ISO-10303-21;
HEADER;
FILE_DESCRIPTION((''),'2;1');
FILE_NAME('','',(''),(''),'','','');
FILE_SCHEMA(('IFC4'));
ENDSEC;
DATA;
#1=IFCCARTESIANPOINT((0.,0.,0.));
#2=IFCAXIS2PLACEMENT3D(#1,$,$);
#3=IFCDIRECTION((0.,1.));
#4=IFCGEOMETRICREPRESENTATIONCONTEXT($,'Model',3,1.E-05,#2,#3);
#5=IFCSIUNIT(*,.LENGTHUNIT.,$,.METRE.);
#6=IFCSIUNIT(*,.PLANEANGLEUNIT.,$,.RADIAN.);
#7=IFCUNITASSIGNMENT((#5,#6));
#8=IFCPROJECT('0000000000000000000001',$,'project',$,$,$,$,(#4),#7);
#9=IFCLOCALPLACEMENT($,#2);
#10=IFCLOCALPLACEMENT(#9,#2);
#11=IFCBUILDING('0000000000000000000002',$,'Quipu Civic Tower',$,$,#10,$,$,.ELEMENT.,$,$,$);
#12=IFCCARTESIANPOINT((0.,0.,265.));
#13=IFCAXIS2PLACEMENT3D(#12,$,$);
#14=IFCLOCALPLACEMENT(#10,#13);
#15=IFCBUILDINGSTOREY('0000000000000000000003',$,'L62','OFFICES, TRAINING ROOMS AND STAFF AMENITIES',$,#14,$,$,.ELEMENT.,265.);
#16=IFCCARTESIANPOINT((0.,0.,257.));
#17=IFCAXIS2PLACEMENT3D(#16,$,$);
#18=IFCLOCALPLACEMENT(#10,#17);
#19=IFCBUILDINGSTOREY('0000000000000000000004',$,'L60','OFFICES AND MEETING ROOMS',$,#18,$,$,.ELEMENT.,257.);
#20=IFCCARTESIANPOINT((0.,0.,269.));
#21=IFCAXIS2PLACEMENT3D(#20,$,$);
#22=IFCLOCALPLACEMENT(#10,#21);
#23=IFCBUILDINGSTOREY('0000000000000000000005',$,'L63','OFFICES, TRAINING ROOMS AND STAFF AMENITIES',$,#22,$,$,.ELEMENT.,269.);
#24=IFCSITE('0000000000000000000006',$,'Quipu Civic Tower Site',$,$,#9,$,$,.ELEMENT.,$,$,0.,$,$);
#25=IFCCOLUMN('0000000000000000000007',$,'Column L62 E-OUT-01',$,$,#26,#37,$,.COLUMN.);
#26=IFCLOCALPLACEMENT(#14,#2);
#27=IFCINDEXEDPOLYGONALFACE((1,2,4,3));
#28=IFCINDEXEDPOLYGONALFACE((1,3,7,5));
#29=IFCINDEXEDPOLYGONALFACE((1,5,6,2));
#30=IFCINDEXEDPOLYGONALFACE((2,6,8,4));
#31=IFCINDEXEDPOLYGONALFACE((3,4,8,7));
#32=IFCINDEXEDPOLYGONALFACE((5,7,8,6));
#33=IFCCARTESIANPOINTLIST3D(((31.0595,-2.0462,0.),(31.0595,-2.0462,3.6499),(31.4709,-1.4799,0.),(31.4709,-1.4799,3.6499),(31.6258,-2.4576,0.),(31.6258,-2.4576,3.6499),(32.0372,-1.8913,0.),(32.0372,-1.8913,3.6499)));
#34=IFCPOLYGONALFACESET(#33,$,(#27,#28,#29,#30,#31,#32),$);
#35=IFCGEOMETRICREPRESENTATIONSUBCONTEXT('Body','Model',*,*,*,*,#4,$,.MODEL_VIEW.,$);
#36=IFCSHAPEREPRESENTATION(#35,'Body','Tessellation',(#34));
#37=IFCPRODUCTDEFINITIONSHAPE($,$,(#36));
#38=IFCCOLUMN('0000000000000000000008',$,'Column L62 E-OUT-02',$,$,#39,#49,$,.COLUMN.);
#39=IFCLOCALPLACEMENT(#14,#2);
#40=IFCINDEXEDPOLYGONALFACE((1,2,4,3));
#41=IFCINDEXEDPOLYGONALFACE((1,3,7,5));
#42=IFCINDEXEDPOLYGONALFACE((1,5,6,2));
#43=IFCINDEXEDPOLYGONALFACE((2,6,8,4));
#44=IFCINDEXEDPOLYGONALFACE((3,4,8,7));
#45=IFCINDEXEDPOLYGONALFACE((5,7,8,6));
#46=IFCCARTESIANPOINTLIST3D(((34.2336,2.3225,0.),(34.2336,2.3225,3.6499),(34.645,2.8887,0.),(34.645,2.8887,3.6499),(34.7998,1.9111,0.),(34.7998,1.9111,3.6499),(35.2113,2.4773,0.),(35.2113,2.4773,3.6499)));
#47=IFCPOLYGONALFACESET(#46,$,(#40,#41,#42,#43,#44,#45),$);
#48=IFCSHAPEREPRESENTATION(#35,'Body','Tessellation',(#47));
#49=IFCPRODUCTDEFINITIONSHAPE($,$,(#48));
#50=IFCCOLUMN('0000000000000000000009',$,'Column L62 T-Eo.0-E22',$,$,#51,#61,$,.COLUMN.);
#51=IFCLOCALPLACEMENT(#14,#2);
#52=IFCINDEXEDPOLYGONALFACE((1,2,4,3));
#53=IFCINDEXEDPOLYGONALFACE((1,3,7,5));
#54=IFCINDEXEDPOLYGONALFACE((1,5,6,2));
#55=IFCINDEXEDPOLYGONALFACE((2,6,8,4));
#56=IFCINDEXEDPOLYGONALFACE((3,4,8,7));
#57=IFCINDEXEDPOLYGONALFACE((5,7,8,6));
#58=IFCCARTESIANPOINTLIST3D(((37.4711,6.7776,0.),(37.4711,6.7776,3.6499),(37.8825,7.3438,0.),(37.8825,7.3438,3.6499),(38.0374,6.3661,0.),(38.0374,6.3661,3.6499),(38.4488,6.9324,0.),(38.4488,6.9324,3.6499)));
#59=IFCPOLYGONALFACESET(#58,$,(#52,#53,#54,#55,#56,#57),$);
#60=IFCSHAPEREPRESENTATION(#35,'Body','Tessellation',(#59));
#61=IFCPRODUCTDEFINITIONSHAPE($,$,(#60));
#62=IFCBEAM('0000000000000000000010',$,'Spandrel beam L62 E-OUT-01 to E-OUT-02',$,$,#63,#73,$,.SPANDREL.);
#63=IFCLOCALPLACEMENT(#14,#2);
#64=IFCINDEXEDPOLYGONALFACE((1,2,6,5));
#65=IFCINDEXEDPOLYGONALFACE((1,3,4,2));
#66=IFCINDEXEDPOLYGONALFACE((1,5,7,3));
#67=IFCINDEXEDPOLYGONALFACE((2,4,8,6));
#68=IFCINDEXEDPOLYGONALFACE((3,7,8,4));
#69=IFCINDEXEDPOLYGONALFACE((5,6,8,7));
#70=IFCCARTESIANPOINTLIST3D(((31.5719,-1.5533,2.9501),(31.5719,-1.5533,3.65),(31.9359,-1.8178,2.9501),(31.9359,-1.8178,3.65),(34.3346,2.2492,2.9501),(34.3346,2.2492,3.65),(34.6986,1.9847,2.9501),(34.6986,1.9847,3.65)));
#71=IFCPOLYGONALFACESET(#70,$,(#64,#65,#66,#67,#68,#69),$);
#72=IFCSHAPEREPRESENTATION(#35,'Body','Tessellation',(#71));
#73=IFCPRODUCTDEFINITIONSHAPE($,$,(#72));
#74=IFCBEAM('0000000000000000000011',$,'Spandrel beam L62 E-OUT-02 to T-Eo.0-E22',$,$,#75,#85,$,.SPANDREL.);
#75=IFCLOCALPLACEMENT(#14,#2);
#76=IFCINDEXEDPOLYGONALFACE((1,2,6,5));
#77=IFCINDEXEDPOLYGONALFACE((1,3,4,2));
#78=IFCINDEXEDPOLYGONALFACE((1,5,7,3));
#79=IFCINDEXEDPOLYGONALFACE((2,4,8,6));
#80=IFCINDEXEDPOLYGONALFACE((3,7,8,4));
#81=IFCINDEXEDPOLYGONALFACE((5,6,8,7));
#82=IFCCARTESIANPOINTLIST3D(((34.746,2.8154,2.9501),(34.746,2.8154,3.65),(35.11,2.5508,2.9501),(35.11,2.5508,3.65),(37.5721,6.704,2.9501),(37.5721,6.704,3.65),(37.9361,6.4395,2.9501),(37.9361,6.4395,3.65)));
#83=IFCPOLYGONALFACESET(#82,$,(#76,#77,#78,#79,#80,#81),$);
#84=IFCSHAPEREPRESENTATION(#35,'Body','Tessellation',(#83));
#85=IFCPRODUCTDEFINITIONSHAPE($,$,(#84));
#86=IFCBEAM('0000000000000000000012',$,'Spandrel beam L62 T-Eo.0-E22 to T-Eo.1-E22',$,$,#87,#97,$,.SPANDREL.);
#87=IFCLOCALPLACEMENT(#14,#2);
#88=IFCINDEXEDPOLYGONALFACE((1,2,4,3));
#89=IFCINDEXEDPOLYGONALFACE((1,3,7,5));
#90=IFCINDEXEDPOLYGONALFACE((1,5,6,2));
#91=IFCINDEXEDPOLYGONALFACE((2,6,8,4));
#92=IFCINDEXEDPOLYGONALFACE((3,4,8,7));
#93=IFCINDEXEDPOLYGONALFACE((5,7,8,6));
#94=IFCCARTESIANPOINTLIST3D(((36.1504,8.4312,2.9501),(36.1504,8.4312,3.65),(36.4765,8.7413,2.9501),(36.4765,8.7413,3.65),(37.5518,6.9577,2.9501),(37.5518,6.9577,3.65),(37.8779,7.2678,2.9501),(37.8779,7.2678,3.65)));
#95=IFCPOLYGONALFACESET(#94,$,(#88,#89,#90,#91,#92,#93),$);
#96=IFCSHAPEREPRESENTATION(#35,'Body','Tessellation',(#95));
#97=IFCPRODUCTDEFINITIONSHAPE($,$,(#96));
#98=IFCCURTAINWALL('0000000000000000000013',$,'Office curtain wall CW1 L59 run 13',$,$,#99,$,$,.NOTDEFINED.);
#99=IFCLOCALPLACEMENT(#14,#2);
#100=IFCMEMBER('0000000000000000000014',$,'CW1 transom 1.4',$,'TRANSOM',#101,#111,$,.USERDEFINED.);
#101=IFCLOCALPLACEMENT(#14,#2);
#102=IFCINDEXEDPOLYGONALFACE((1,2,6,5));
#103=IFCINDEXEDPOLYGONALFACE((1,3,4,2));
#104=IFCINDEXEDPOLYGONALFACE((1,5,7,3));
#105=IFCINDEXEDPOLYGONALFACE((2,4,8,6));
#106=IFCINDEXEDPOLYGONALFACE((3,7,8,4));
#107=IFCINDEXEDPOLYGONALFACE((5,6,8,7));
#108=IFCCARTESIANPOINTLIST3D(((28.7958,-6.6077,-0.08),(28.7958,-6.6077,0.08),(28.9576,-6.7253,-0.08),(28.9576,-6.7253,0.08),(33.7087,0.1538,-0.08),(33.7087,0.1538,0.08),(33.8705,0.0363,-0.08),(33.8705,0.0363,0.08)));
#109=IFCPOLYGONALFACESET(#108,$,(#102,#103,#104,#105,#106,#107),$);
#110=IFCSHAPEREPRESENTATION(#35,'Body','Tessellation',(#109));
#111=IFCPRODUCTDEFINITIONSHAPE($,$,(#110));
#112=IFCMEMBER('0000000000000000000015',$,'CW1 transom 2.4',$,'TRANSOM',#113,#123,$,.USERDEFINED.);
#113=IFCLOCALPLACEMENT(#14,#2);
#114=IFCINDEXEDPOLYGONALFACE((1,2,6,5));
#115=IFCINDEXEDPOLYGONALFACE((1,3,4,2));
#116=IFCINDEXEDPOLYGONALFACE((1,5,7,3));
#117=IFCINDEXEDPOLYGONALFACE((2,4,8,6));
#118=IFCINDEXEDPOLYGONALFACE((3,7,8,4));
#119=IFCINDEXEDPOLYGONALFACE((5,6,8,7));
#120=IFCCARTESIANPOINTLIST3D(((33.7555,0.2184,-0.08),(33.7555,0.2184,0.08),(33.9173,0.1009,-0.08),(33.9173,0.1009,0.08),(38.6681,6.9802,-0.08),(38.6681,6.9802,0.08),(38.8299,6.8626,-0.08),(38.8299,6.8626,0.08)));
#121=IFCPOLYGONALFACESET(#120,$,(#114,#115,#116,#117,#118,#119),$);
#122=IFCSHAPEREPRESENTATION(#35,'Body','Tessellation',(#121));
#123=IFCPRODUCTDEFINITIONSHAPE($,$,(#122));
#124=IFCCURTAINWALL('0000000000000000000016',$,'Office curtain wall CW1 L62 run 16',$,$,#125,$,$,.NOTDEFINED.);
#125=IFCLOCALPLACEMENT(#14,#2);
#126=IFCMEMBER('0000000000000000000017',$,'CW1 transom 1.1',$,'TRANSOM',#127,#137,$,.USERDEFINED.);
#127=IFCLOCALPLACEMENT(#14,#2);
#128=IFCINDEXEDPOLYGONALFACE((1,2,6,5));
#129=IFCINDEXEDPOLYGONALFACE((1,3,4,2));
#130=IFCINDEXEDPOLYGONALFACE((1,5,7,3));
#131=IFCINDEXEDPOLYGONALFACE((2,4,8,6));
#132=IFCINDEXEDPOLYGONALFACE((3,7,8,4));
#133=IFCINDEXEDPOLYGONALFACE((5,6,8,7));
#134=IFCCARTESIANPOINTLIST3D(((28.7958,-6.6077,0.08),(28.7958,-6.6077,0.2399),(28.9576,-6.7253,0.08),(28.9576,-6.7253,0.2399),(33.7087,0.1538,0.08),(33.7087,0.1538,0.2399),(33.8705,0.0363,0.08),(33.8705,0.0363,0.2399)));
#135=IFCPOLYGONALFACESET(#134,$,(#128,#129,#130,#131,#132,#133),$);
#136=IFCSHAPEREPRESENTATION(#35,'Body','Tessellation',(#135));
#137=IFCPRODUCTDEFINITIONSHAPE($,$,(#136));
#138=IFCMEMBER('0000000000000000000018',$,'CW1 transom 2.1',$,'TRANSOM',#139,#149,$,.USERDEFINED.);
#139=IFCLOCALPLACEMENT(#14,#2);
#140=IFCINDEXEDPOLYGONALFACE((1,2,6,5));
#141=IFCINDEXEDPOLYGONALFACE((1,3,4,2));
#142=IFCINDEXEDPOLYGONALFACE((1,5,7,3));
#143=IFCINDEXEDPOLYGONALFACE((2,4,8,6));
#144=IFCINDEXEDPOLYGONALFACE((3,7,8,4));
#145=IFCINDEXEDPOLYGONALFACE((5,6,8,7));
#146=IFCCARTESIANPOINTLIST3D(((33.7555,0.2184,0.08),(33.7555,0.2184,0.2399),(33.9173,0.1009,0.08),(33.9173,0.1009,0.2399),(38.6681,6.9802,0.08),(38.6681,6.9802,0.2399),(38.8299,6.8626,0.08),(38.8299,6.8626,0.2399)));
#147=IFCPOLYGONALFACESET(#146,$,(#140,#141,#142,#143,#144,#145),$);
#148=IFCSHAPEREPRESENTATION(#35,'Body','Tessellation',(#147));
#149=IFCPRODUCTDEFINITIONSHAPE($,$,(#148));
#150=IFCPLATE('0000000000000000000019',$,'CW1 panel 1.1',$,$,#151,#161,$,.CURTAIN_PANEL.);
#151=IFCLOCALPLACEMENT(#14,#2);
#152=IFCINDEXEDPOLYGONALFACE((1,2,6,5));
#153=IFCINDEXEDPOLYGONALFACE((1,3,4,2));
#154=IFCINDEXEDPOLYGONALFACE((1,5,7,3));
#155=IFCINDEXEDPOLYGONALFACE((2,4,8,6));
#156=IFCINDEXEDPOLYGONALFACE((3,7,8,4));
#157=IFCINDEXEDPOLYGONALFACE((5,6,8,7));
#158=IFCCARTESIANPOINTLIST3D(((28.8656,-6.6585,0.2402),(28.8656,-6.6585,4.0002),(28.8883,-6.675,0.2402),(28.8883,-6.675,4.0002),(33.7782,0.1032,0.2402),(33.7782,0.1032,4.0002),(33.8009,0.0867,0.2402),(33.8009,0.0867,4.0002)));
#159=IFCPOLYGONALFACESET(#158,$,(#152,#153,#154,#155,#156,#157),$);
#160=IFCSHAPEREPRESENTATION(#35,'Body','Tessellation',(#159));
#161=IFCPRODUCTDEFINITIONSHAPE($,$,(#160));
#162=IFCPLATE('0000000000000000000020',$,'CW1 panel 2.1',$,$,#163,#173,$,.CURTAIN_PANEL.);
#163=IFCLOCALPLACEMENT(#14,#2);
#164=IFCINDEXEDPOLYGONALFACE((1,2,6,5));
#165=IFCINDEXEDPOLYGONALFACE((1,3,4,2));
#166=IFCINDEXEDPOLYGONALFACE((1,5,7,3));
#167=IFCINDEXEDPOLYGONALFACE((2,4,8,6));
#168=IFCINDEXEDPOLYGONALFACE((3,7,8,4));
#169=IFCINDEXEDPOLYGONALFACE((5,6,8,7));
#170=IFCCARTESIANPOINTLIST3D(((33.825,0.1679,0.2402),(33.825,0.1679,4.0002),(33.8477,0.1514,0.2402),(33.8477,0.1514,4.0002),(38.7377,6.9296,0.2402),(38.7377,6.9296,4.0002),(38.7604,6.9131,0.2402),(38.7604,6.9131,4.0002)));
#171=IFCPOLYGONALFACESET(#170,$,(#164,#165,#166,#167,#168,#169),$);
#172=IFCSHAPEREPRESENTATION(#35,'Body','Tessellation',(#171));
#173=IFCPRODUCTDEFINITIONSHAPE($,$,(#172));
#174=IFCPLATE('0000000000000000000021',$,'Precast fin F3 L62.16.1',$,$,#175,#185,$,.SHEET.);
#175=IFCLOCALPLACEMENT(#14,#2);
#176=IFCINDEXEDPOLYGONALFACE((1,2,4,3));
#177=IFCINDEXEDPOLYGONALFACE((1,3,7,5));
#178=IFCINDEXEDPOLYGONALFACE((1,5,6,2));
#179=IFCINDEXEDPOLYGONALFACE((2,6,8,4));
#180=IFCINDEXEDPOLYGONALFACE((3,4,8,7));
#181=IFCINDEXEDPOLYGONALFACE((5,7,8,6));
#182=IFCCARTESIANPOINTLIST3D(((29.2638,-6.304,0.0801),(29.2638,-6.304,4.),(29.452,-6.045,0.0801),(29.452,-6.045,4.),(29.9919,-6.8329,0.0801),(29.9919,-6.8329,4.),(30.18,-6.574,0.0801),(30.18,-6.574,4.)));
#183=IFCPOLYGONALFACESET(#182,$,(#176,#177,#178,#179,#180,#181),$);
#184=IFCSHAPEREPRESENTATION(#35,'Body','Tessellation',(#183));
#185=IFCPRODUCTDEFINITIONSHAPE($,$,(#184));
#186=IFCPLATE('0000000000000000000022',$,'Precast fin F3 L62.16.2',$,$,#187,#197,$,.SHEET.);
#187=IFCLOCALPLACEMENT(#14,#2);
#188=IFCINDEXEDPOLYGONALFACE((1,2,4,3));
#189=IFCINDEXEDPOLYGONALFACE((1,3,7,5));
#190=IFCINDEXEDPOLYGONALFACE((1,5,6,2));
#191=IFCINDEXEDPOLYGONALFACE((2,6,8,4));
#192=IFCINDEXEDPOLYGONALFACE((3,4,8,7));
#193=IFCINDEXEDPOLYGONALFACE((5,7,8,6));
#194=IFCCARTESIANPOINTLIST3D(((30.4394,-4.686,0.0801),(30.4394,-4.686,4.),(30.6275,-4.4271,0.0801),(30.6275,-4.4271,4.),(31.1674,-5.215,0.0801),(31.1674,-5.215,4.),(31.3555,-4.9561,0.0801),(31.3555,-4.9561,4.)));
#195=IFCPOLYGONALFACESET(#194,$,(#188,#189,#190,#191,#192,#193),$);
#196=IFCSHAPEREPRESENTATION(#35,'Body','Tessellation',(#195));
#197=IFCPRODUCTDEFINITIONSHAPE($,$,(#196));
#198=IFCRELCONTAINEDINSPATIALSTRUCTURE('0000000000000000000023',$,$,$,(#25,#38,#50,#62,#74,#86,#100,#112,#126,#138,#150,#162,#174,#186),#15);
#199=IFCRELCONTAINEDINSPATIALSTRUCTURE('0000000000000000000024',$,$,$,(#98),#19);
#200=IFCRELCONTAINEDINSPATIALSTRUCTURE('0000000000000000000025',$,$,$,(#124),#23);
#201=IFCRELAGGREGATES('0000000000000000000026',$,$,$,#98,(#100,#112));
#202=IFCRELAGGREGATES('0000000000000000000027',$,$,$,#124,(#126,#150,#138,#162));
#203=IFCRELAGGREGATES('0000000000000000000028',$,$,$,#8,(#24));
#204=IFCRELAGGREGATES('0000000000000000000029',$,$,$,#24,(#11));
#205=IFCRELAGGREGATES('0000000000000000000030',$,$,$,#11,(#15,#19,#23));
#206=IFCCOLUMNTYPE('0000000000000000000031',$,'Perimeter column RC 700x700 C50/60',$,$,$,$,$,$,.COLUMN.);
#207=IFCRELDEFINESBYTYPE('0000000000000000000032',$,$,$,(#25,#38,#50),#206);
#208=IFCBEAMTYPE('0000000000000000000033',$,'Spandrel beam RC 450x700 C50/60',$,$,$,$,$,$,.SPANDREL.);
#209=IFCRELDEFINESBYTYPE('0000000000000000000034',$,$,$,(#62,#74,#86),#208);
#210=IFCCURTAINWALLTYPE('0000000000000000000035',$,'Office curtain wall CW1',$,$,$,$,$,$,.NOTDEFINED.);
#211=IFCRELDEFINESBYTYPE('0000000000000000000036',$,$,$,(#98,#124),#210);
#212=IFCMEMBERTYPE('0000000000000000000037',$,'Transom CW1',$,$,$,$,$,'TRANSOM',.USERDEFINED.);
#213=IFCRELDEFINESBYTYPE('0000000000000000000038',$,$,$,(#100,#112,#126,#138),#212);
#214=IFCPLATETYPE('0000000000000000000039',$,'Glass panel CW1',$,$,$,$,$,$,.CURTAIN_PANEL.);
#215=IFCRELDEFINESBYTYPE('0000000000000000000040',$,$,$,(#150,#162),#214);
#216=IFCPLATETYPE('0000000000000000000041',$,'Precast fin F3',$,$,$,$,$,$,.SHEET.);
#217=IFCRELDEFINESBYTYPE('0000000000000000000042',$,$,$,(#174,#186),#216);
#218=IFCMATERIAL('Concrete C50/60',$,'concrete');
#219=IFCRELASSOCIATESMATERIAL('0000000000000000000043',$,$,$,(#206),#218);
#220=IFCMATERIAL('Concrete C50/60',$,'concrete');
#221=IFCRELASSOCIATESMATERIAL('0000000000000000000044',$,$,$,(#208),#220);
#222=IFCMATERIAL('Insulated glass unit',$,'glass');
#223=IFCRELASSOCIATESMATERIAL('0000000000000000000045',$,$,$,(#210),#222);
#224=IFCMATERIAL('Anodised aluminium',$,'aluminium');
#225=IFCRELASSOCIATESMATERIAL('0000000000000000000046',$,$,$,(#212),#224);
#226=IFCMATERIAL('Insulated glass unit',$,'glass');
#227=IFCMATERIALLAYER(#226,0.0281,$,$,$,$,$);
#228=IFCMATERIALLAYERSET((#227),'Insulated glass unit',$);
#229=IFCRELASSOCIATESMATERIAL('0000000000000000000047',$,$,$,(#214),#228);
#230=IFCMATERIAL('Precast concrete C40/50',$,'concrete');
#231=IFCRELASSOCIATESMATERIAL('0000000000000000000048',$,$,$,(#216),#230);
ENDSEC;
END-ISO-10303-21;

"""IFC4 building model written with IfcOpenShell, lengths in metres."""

from ifc_helpers import new_model, si_unit, direction, frame, origin, origin_2d, place, context, subcontext, project, spatial, rectangle, extrude, material, layer, layer_set, material_profile, profile_set, type_object, element, aggregate, save


model = new_model("IFC4")

# Units and contexts
model_context = context("Model", 3, precision=1e-05, world=origin(), true_north=direction((0.0, 1.0)))
body_context = subcontext(model_context, "Body", "Model", "MODEL_VIEW")
ifc_project = project(units=[si_unit("LENGTHUNIT", "METRE"), si_unit("PLANEANGLEUNIT", "RADIAN")], contexts=[model_context])

# Site, building, storey
site_placement = place(None, origin())
site = spatial("IfcSite", under=ifc_project, at=site_placement, Name="Quipu Civic Tower Site", CompositionType="ELEMENT", RefElevation=0.0)
building_placement = place(site_placement, origin())
building = spatial("IfcBuilding", under=site, at=building_placement, Name="Quipu Civic Tower", CompositionType="ELEMENT")
storey_1_placement = place(building_placement, frame((0.0, 0.0, 265.0)))
storey_1 = spatial("IfcBuildingStorey", under=building, at=storey_1_placement, Name="L62", Description="OFFICES, TRAINING ROOMS AND STAFF AMENITIES", CompositionType="ELEMENT", Elevation=265.0)

# Columns
ifc_material_1 = material(Name="Concrete C50/60", Category="concrete")
ifc_material_profile_1 = material_profile(ifc_material_1, rectangle(XDim=0.7, YDim=0.7, at=origin_2d()), Name="RC700x700")
ifc_profile_set_1 = profile_set([ifc_material_profile_1], Name="Concrete C50/60")
column_type = type_object("IfcColumnType", Name="Perimeter column RC 700x700 C50/60", PredefinedType="COLUMN", material=ifc_profile_set_1)
for number, where, z_axis, x_axis, name in (
    (1, (31.5483, -1.9688, 0.0), (0.0, 0.0, 1.0), (0.587785, 0.809017, 0.0), "Column L62 E-OUT-01"),
    (2, (34.7224, 2.3999, 0.0), (0.0, 0.0, 1.0), (0.587785, 0.809017, 0.0), "Column L62 E-OUT-02"),
    (3, (37.96, 6.855, 0.0), (0.0, 0.0, 1.0), (0.587785, 0.809017, 0.0), "Column L62 T-Eo.0-E22"),
):
    element("IfcColumn", number, at=place(storey_1_placement, frame(where, z_axis=z_axis, x_axis=x_axis)), inside=storey_1, type_object=column_type, Name=name, PredefinedType="COLUMN", context=body_context, shape_type="SweptSolid", body=[
        extrude(rectangle(XDim=0.7, YDim=0.7, at=origin_2d()), origin(), (0.0, 0.0, 1.0), 3.6499),
    ])

# Beams
ifc_material_2 = material(Name="Concrete C50/60", Category="concrete")
ifc_material_profile_2 = material_profile(ifc_material_2, rectangle(XDim=0.45, YDim=0.7, at=origin_2d()), Name="RC450x700")
ifc_profile_set_2 = profile_set([ifc_material_profile_2], Name="Concrete C50/60")
beam_type = type_object("IfcBeamType", Name="Spandrel beam RC 450x700 C50/60", PredefinedType="SPANDREL", material=ifc_profile_set_2)
beam_1_placement = place(storey_1_placement, frame((31.7539, -1.6855, 3.3), z_axis=(0.587789, 0.809015, 0.0), x_axis=(-0.809015, 0.587789, 0.0)))
element("IfcBeam", 4, at=beam_1_placement, inside=storey_1, type_object=beam_type, Name="Spandrel beam L62 E-OUT-01 to E-OUT-02", PredefinedType="SPANDREL", context=body_context, shape_type="SweptSolid", body=[
    extrude(rectangle(XDim=0.45, YDim=0.7, at=origin_2d()), origin(), (0.0, 0.0, 1.0), 4.7002),
])
beam_2_placement = place(storey_1_placement, frame((34.928, 2.6831, 3.3), z_axis=(0.587906, 0.808929, 0.0), x_axis=(-0.808929, 0.587906, 0.0)))
element("IfcBeam", 5, at=beam_2_placement, inside=storey_1, type_object=beam_type, Name="Spandrel beam L62 E-OUT-02 to T-Eo.0-E22", PredefinedType="SPANDREL", context=body_context, shape_type="SweptSolid", body=[
    extrude(rectangle(XDim=0.45, YDim=0.7, at=origin_2d()), origin(), (0.0, 0.0, 1.0), 4.8071),
])
beam_3_placement = place(storey_1_placement, frame((37.7148, 7.1128, 3.3), z_axis=(-0.689175, 0.724595, 0.0), x_axis=(-0.724595, -0.689175, 0.0)))
element("IfcBeam", 6, at=beam_3_placement, inside=storey_1, type_object=beam_type, Name="Spandrel beam L62 T-Eo.0-E22 to T-Eo.1-E22", PredefinedType="SPANDREL", context=body_context, shape_type="SweptSolid", body=[
    extrude(rectangle(XDim=0.45, YDim=0.7, at=origin_2d()), origin(), (0.0, 0.0, 1.0), 2.0334),
])

# Shared definitions
storey_2_placement = place(building_placement, frame((0.0, 0.0, 257.0)))
storey_2 = spatial("IfcBuildingStorey", under=building, at=storey_2_placement, Name="L60", Description="OFFICES AND MEETING ROOMS", CompositionType="ELEMENT", Elevation=257.0)

# Curtain wall, members
ifc_material_3 = material(Name="Insulated glass unit", Category="glass")
curtain_wall_type = type_object("IfcCurtainWallType", Name="Office curtain wall CW1", PredefinedType="NOTDEFINED", material=ifc_material_3)
curtain_wall_1_placement = place(storey_2_placement, origin())
curtain_wall_1 = element("IfcCurtainWall", 7, at=curtain_wall_1_placement, inside=storey_2, type_object=curtain_wall_type, Name="Office curtain wall CW1 L59 run 13", PredefinedType="NOTDEFINED")
ifc_material_4 = material(Name="Anodised aluminium", Category="aluminium")
ifc_material_profile_3 = material_profile(ifc_material_4, rectangle(XDim=0.2, YDim=0.1599, at=origin_2d()), Name="RECT 200x160")
ifc_profile_set_3 = profile_set([ifc_material_profile_3], Name="Anodised aluminium")
member_type = type_object("IfcMemberType", Name="Transom CW1", ElementType="TRANSOM", PredefinedType="USERDEFINED", material=ifc_profile_set_3)
member_1_placement = place(storey_1_placement, frame((28.8767, -6.6665, 0.0), z_axis=(0.587812, 0.808997, 0.0), x_axis=(-0.808997, 0.587812, 0.0)))
member_1 = element("IfcMember", 8, at=member_1_placement, inside=storey_1, type_object=member_type, Name="CW1 transom 1.4", ObjectType="TRANSOM", PredefinedType="USERDEFINED", context=body_context, shape_type="SweptSolid", body=[
    extrude(rectangle(XDim=0.2, YDim=0.1599, at=origin_2d()), origin(), (0.0, 0.0, 1.0), 8.3579),
])
member_2_placement = place(storey_1_placement, frame((33.8364, 0.1597, 0.0), z_axis=(0.587779, 0.809021, 0.0), x_axis=(-0.809021, 0.587779, 0.0)))
member_2 = element("IfcMember", 9, at=member_2_placement, inside=storey_1, type_object=member_type, Name="CW1 transom 2.4", ObjectType="TRANSOM", PredefinedType="USERDEFINED", context=body_context, shape_type="SweptSolid", body=[
    extrude(rectangle(XDim=0.2, YDim=0.1599, at=origin_2d()), origin(), (0.0, 0.0, 1.0), 8.3579),
])
aggregate(curtain_wall_1, [member_1, member_2])

# Shared definitions
storey_3_placement = place(building_placement, frame((0.0, 0.0, 269.0)))
storey_3 = spatial("IfcBuildingStorey", under=building, at=storey_3_placement, Name="L63", Description="OFFICES, TRAINING ROOMS AND STAFF AMENITIES", CompositionType="ELEMENT", Elevation=269.0)

# Curtain wall, members, plates
curtain_wall_2_placement = place(storey_3_placement, origin())
curtain_wall_2 = element("IfcCurtainWall", 10, at=curtain_wall_2_placement, inside=storey_3, type_object=curtain_wall_type, Name="Office curtain wall CW1 L62 run 16", PredefinedType="NOTDEFINED")
member_3_placement = place(storey_1_placement, frame((28.8767, -6.6665, 0.1599), z_axis=(0.587812, 0.808997, 0.0), x_axis=(-0.808997, 0.587812, 0.0)))
member_3 = element("IfcMember", 11, at=member_3_placement, inside=storey_1, type_object=member_type, Name="CW1 transom 1.1", ObjectType="TRANSOM", PredefinedType="USERDEFINED", context=body_context, shape_type="SweptSolid", body=[
    extrude(rectangle(XDim=0.2, YDim=0.1599, at=origin_2d()), origin(), (0.0, 0.0, 1.0), 8.3579),
])
member_4_placement = place(storey_1_placement, frame((33.8364, 0.1597, 0.1599), z_axis=(0.587779, 0.809021, 0.0), x_axis=(-0.809021, 0.587779, 0.0)))
member_4 = element("IfcMember", 12, at=member_4_placement, inside=storey_1, type_object=member_type, Name="CW1 transom 2.1", ObjectType="TRANSOM", PredefinedType="USERDEFINED", context=body_context, shape_type="SweptSolid", body=[
    extrude(rectangle(XDim=0.2, YDim=0.1599, at=origin_2d()), origin(), (0.0, 0.0, 1.0), 8.3579),
])
ifc_material_5 = material(Name="Insulated glass unit", Category="glass")
ifc_layer_1 = layer(ifc_material_5, 0.0281)
ifc_layer_set_1 = layer_set([ifc_layer_1], Name="Insulated glass unit")
plate_type_1 = type_object("IfcPlateType", Name="Glass panel CW1", PredefinedType="CURTAIN_PANEL", material=ifc_layer_set_1)
plate_1_placement = place(storey_1_placement, frame((31.3333, -3.2859, 0.2402), z_axis=(0.0, 0.0, 1.0), x_axis=(0.587786, 0.809016, 0.0)))
plate_1 = element("IfcPlate", 13, at=plate_1_placement, inside=storey_1, type_object=plate_type_1, Name="CW1 panel 1.1", PredefinedType="CURTAIN_PANEL", context=body_context, shape_type="SweptSolid", body=[
    extrude(rectangle(XDim=8.3579, YDim=0.0281, at=origin_2d()), origin(), (0.0, 0.0, 1.0), 3.76),
])
plate_2_placement = place(storey_1_placement, frame((36.2927, 3.5405, 0.2402), z_axis=(0.0, 0.0, 1.0), x_axis=(0.587786, 0.809016, 0.0)))
plate_2 = element("IfcPlate", 14, at=plate_2_placement, inside=storey_1, type_object=plate_type_1, Name="CW1 panel 2.1", PredefinedType="CURTAIN_PANEL", context=body_context, shape_type="SweptSolid", body=[
    extrude(rectangle(XDim=8.3579, YDim=0.0281, at=origin_2d()), origin(), (0.0, 0.0, 1.0), 3.76),
])
aggregate(curtain_wall_2, [member_3, plate_1, member_4, plate_2])

# Plates
ifc_material_6 = material(Name="Precast concrete C40/50", Category="concrete")
plate_type_2 = type_object("IfcPlateType", Name="Precast fin F3", PredefinedType="SHEET", material=ifc_material_6)
for number, where, z_axis, x_axis, name in (
    (15, (29.7219, -6.439, 0.0801), (0.0, 0.0, 1.0), (0.587787, 0.809016, 0.0), "Precast fin F3 L62.16.1"),
    (16, (30.8975, -4.821, 0.0801), (0.0, 0.0, 1.0), (0.587787, 0.809016, 0.0), "Precast fin F3 L62.16.2"),
):
    element("IfcPlate", number, at=place(storey_1_placement, frame(where, z_axis=z_axis, x_axis=x_axis)), inside=storey_1, type_object=plate_type_2, Name=name, PredefinedType="SHEET", context=body_context, shape_type="SweptSolid", body=[
        extrude(rectangle(XDim=0.3201, YDim=0.8999, at=origin_2d()), origin(), (0.0, 0.0, 1.0), 3.9199),
    ])

save(model, "model.ifc")
